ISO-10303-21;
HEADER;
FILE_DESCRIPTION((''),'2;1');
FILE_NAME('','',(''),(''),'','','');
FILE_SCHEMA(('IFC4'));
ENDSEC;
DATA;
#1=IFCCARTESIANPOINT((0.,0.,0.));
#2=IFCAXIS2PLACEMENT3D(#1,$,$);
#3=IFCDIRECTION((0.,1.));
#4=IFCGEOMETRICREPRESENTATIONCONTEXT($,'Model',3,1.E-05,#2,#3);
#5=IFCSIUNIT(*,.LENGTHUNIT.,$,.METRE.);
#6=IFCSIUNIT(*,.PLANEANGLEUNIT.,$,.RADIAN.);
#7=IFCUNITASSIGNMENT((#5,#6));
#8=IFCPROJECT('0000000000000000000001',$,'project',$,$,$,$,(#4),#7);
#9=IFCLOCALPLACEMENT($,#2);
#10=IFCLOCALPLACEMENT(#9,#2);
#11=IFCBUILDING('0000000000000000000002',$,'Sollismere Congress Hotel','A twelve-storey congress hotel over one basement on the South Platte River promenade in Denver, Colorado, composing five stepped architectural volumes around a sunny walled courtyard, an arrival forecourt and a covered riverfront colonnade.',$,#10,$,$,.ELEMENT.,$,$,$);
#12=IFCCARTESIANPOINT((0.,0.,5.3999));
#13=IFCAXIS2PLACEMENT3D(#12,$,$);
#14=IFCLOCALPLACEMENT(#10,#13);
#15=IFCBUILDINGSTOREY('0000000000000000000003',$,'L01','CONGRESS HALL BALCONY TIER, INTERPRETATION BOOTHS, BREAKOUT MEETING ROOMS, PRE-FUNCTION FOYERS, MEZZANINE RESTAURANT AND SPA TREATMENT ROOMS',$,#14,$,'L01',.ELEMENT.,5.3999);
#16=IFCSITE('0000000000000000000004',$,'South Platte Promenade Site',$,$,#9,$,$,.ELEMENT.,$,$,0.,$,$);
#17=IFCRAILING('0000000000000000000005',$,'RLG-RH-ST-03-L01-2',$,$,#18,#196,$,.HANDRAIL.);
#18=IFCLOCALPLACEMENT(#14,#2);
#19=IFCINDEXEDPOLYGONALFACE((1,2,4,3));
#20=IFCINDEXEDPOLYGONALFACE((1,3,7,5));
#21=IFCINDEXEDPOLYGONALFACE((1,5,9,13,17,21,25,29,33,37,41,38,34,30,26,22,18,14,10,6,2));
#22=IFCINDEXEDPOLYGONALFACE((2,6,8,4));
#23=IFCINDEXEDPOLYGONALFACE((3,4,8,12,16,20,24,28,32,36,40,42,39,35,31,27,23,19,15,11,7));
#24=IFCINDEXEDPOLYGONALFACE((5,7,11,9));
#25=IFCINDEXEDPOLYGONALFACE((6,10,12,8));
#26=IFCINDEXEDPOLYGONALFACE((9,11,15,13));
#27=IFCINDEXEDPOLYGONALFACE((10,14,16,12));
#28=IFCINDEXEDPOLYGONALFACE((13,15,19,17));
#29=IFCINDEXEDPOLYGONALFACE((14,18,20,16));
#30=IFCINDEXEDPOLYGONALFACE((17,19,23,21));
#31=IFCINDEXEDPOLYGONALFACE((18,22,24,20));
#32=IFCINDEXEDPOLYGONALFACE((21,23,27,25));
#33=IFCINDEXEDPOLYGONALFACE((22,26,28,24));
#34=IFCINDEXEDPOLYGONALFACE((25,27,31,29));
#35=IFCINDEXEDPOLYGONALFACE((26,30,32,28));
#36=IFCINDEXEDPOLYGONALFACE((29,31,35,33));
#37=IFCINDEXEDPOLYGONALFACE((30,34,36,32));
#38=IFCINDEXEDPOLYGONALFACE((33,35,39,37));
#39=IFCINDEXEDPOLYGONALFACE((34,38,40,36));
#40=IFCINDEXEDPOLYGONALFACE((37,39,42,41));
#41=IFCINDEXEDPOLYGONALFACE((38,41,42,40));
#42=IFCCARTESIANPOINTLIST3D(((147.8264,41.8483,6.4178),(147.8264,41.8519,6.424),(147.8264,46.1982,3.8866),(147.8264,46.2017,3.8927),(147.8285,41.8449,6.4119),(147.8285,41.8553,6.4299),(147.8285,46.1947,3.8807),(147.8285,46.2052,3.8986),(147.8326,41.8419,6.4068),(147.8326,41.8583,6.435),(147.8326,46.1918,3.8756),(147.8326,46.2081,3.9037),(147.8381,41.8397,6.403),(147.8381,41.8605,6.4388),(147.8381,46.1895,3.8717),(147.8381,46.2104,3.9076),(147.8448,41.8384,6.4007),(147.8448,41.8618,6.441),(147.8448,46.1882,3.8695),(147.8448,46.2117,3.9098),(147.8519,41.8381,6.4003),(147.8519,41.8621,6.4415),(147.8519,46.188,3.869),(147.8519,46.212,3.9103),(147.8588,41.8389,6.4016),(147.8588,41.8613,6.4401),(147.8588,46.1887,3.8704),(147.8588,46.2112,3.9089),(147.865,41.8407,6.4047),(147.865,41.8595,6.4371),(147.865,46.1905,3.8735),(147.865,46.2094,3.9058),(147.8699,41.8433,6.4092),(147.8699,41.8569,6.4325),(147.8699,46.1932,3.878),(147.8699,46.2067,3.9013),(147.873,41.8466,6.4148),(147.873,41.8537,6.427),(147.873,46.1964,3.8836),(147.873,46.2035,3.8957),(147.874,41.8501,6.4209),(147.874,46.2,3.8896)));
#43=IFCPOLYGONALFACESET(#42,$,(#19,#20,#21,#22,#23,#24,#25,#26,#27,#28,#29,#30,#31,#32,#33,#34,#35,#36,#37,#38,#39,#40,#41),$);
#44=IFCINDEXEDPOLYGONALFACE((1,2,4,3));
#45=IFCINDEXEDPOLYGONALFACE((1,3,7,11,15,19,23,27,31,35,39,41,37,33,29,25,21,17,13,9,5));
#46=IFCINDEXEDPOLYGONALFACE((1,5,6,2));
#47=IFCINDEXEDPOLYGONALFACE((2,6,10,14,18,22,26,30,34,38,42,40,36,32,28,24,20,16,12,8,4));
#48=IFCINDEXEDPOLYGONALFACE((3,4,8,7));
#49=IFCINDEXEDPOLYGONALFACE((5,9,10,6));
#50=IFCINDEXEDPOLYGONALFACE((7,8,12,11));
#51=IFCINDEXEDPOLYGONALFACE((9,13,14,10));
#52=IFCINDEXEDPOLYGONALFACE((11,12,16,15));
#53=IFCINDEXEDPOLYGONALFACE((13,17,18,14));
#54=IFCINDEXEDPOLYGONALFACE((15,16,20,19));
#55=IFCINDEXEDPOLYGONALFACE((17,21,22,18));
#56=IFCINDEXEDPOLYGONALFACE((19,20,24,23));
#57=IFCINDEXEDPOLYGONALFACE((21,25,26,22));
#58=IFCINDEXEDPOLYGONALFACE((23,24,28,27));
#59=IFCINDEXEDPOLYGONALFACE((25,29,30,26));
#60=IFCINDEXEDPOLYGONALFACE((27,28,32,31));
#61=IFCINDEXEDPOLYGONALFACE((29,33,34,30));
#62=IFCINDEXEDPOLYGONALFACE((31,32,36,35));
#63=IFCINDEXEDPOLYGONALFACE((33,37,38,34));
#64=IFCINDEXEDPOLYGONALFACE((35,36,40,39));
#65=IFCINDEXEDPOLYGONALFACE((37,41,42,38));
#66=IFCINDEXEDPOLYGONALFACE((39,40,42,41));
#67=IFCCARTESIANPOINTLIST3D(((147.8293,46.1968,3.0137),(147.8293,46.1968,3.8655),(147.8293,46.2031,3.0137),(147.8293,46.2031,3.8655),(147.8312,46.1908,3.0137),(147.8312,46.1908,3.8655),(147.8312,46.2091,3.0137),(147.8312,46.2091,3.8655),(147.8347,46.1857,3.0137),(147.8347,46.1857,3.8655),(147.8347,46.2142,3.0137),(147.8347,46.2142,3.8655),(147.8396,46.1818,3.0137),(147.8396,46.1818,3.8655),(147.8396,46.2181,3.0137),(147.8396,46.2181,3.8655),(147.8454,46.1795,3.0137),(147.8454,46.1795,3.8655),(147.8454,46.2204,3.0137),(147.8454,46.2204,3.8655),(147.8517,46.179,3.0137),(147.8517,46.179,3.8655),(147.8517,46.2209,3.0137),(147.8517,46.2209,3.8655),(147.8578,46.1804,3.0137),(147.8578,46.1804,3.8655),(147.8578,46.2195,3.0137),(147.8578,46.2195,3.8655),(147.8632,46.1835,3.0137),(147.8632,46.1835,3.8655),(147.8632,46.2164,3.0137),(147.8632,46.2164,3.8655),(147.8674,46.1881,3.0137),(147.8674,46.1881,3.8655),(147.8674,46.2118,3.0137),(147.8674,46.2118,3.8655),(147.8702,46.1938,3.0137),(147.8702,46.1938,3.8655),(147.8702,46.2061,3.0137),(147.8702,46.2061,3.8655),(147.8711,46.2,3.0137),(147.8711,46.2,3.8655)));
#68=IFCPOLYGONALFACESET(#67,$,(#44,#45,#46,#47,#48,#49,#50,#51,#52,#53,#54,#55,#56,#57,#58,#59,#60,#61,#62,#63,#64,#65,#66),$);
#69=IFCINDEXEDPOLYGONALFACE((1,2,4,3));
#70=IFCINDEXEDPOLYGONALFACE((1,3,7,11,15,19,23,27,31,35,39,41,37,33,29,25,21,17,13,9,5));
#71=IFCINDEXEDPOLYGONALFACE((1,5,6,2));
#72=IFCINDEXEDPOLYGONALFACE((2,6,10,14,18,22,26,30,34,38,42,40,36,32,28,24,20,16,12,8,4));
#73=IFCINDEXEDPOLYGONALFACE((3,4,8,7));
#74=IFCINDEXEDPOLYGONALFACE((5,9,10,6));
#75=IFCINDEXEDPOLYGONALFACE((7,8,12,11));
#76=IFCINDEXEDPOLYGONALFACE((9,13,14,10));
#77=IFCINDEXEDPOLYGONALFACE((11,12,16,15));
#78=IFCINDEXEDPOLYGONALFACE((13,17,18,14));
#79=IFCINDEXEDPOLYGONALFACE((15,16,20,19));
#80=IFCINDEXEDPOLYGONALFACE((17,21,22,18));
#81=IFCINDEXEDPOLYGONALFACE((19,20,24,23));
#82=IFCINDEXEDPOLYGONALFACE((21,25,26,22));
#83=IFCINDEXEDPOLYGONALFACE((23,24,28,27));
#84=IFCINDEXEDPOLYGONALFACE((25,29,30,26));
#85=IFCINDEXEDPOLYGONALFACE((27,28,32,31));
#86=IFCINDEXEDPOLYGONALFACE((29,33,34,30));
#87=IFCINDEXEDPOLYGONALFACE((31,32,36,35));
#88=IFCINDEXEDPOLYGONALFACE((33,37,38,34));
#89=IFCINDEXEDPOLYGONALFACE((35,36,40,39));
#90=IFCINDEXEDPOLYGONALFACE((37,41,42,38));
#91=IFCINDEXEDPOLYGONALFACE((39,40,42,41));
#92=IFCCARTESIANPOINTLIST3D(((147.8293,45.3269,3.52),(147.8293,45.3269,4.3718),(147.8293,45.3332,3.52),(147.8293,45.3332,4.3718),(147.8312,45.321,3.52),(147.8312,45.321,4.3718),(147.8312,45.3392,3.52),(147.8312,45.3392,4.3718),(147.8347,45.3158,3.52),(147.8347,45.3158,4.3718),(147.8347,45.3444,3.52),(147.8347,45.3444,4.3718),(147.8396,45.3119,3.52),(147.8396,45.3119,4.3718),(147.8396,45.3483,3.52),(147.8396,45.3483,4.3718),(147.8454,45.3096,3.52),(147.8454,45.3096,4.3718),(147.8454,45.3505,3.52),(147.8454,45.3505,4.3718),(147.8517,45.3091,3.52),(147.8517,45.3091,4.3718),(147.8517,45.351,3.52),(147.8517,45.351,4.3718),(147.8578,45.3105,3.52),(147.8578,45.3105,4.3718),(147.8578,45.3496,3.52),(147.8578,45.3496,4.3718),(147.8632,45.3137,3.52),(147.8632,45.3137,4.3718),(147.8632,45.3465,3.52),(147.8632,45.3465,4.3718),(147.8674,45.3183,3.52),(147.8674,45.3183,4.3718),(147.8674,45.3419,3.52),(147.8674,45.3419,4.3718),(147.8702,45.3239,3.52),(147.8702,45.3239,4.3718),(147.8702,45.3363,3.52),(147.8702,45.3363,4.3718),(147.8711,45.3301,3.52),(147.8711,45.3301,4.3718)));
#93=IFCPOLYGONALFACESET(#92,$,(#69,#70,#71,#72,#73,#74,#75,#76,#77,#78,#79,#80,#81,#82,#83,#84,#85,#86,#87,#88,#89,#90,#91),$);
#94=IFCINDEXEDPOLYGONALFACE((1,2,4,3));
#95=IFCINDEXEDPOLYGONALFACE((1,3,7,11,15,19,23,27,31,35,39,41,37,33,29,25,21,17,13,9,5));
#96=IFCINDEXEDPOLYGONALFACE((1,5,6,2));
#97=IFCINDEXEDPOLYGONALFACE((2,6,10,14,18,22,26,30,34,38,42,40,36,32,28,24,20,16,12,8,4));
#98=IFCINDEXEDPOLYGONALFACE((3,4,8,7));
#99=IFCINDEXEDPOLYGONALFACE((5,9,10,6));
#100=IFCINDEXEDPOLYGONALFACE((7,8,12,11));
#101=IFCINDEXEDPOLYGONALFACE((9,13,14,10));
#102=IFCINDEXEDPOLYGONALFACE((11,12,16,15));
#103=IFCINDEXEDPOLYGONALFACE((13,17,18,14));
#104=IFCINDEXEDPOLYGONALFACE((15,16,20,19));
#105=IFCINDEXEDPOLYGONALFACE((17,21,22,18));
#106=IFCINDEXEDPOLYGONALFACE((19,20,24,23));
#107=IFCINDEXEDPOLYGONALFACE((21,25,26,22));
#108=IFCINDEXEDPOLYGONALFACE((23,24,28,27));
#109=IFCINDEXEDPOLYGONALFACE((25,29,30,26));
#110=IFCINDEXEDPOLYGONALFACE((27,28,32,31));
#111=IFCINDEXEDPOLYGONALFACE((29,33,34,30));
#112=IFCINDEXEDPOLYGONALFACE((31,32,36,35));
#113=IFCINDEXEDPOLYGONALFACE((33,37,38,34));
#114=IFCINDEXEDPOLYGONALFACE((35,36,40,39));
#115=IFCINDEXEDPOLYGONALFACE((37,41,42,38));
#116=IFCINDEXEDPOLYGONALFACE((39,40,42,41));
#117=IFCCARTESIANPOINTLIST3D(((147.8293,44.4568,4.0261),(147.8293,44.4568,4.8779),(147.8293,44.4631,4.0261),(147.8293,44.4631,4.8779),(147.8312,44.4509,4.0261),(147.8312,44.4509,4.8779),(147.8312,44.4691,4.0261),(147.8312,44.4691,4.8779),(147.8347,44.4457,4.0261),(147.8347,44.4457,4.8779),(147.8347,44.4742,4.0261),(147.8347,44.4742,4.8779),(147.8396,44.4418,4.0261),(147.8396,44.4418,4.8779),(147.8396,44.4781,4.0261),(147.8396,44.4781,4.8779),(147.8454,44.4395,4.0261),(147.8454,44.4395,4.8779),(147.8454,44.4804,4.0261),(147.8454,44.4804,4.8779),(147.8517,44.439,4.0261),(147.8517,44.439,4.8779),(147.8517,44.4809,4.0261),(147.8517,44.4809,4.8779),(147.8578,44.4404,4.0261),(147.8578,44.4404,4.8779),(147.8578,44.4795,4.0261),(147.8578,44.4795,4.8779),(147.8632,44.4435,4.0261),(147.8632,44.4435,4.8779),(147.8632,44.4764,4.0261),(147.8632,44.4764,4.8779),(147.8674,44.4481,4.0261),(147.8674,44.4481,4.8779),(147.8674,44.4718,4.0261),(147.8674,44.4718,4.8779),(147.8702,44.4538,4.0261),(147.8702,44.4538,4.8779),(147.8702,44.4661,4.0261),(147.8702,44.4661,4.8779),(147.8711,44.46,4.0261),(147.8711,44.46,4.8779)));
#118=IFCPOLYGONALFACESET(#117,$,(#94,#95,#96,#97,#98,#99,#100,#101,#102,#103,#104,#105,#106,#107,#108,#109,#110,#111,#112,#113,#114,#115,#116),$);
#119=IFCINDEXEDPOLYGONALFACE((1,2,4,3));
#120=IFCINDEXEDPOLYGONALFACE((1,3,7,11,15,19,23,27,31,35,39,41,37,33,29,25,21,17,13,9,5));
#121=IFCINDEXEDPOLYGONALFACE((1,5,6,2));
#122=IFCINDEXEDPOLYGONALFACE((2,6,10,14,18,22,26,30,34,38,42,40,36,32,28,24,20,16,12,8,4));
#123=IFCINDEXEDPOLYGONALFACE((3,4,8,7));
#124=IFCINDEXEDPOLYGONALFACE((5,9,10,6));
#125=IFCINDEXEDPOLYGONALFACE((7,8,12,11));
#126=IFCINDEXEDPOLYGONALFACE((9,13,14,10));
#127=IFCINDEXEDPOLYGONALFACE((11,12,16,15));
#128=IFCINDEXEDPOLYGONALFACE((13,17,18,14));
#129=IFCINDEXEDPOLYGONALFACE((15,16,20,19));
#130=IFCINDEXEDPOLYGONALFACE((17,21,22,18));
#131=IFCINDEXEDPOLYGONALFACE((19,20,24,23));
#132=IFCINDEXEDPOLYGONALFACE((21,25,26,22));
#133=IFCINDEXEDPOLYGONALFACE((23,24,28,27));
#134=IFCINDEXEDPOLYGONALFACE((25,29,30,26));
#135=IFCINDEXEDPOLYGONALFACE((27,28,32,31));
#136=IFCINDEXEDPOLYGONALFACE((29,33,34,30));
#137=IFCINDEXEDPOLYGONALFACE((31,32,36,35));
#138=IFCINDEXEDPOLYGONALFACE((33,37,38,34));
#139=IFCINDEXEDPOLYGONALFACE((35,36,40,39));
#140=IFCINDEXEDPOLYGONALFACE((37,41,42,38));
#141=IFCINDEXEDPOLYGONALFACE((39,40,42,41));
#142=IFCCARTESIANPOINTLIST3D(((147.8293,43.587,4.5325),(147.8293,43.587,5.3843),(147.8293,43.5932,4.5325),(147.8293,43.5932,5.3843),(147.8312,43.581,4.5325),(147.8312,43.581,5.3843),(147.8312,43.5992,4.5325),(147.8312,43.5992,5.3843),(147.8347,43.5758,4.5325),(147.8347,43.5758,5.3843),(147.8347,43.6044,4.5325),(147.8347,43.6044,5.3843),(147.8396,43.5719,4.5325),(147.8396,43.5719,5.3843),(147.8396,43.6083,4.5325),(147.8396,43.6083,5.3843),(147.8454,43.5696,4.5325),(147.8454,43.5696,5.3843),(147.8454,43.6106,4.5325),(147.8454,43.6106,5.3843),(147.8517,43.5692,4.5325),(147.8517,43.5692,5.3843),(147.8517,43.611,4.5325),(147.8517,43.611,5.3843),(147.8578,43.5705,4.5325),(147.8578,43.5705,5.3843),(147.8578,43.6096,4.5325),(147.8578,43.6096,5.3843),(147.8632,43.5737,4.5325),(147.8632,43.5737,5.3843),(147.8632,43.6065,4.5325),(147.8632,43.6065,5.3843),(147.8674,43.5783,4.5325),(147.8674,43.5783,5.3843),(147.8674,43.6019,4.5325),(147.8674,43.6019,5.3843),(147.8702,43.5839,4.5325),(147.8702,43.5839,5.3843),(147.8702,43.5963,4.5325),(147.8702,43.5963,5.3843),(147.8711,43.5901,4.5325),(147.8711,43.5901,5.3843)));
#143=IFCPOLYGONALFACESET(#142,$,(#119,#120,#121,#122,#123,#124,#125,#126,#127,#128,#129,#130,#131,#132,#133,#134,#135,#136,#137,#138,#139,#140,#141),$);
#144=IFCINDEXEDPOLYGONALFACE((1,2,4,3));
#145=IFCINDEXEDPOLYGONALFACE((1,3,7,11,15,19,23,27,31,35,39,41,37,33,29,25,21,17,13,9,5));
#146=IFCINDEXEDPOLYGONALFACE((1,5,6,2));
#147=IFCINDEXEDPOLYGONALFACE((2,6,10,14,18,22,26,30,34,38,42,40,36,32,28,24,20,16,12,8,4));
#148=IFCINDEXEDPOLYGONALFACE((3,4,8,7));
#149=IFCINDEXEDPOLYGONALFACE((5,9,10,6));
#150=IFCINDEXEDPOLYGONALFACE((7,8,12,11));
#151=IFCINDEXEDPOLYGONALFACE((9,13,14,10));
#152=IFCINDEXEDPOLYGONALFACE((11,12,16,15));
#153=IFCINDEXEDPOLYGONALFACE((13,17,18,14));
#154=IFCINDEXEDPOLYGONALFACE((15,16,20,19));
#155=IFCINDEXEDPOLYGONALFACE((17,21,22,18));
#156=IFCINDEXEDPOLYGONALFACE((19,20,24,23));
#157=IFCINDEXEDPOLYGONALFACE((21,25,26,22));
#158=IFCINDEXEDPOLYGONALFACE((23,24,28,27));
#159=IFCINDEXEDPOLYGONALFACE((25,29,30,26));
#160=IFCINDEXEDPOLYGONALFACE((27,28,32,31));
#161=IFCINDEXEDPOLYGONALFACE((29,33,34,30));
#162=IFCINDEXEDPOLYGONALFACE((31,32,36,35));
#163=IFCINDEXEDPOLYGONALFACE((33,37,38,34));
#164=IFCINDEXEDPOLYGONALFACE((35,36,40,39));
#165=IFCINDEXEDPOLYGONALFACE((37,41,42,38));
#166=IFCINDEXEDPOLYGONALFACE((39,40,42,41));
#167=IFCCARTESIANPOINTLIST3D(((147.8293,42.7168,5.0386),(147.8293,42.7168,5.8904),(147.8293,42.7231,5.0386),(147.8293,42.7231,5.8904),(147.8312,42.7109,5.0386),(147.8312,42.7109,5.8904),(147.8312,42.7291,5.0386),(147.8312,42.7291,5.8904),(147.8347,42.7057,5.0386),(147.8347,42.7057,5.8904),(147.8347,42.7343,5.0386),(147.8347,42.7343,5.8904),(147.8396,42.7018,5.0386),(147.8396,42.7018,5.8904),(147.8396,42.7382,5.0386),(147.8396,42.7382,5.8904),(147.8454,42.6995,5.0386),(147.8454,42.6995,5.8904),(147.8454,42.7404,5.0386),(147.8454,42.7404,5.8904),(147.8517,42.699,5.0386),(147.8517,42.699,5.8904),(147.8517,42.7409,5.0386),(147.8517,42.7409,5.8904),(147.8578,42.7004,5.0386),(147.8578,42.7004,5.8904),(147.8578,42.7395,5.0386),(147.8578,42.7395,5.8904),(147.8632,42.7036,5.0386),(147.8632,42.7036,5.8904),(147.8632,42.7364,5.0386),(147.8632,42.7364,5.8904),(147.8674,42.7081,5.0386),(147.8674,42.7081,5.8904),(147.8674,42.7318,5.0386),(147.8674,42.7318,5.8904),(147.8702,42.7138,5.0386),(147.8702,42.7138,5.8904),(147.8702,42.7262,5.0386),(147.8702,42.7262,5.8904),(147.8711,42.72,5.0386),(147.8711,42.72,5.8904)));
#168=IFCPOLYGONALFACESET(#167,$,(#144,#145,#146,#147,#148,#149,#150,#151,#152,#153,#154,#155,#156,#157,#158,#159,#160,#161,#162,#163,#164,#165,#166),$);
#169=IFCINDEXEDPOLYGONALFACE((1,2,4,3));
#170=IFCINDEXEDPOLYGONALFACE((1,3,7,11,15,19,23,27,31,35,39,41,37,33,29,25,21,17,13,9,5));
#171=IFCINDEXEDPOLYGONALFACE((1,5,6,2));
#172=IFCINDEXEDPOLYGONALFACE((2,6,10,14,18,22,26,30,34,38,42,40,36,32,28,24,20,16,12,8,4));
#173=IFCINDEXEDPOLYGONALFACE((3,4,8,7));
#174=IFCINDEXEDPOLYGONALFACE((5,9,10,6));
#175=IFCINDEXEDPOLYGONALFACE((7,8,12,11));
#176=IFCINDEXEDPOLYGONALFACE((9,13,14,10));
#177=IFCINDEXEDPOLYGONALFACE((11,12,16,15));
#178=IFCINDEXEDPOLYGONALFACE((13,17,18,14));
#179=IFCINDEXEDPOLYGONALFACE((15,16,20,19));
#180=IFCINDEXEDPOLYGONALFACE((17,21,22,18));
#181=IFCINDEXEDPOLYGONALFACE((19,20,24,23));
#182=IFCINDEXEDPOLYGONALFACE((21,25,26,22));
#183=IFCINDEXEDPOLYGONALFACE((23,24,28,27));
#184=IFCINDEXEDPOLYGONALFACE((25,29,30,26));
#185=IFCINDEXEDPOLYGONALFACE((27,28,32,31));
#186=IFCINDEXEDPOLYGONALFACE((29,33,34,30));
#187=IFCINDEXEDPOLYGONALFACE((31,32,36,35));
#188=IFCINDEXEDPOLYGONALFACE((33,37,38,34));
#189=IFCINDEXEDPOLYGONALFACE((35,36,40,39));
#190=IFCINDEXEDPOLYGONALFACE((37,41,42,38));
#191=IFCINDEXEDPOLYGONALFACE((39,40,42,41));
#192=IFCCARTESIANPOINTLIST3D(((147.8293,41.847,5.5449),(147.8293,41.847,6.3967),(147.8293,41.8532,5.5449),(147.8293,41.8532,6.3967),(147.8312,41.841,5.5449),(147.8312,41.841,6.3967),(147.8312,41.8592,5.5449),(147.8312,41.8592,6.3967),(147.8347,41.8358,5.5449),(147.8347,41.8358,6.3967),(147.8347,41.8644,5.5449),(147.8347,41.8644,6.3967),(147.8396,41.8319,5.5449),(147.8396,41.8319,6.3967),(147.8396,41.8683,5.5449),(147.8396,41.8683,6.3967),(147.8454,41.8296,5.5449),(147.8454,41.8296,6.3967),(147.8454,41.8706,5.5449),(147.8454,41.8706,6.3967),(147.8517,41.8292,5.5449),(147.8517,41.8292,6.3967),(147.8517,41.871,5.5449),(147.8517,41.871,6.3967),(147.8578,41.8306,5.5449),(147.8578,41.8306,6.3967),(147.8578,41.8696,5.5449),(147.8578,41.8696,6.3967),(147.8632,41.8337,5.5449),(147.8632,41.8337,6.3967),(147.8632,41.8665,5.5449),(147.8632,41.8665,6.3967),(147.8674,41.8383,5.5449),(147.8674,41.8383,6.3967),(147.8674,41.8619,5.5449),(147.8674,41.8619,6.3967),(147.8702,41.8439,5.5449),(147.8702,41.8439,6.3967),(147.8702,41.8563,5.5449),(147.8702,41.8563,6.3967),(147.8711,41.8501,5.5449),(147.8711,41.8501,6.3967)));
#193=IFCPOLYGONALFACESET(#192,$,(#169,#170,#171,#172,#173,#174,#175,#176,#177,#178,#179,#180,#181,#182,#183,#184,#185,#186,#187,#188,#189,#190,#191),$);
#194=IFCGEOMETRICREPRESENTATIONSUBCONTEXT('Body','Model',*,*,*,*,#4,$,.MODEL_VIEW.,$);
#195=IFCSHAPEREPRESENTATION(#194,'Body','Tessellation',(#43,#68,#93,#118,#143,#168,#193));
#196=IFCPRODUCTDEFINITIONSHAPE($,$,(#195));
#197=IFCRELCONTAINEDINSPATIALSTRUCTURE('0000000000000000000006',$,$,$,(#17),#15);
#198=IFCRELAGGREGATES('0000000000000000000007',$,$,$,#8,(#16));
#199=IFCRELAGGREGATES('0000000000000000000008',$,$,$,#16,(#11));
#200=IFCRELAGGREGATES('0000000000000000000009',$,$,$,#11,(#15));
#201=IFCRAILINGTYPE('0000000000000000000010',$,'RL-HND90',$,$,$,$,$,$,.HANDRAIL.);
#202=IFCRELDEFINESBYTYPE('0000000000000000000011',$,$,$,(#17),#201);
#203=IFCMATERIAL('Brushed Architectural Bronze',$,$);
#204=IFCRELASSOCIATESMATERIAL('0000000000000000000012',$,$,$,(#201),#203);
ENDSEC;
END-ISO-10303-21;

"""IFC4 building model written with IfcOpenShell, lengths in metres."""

from ifc_helpers import new_model, si_unit, direction, frame, origin, origin_2d, place, context, subcontext, project, spatial, circle, extrude, material, type_object, element, save


model = new_model("IFC4")

# Units and contexts
model_context = context("Model", 3, precision=1e-05, world=origin(), true_north=direction((0.0, 1.0)))
body_context = subcontext(model_context, "Body", "Model", "MODEL_VIEW")
ifc_project = project(units=[si_unit("LENGTHUNIT", "METRE"), si_unit("PLANEANGLEUNIT", "RADIAN")], contexts=[model_context])

# Site, building, storey
site_placement = place(None, origin())
site = spatial("IfcSite", under=ifc_project, at=site_placement, Name="South Platte Promenade Site", CompositionType="ELEMENT", RefElevation=0.0)
building_placement = place(site_placement, origin())
building = spatial("IfcBuilding", under=site, at=building_placement, Name="Sollismere Congress Hotel", Description="A twelve-storey congress hotel over one basement on the South Platte River promenade in Denver, Colorado, composing five stepped architectural volumes around a sunny walled courtyard, an arrival forecourt and a covered riverfront colonnade.", CompositionType="ELEMENT")
storey_placement = place(building_placement, frame((0.0, 0.0, 5.3999)))
storey = spatial("IfcBuildingStorey", under=building, at=storey_placement, Name="L01", Description="CONGRESS HALL BALCONY TIER, INTERPRETATION BOOTHS, BREAKOUT MEETING ROOMS, PRE-FUNCTION FOYERS, MEZZANINE RESTAURANT AND SPA TREATMENT ROOMS", LongName="L01", CompositionType="ELEMENT", Elevation=5.3999)

# Railing
ifc_material_1 = material(Name="Brushed Architectural Bronze")
railing_type_1 = type_object("IfcRailingType", Name="RL-HND90", PredefinedType="HANDRAIL", material=ifc_material_1)
railing_1_placement = place(storey_placement, frame((147.8501, 46.2, 3.0137)))
element("IfcRailing", 1, at=railing_1_placement, inside=storey, type_object=railing_type_1, Name="RLG-RH-ST-03-L01-2", PredefinedType="HANDRAIL", context=body_context, shape_type="SweptSolid", body=[
    extrude(circle(Radius=0.0239, at=origin_2d()), frame((0.0, 0.0, 0.876), z_axis=(0.0, -0.864312, 0.502957), x_axis=(1.0, 0.0, 0.0)), (0.0, 0.0, 1.0), 5.0327),
    extrude(circle(Radius=0.021, at=origin_2d()), origin(), (0.0, 0.0, 1.0), 0.8518),
    extrude(circle(Radius=0.021, at=origin_2d()), frame((0.0, -0.8699, 0.5063)), (0.0, 0.0, 1.0), 0.8518),
    extrude(circle(Radius=0.021, at=origin_2d()), frame((0.0, -1.74, 1.0125)), (0.0, 0.0, 1.0), 0.8518),
    extrude(circle(Radius=0.021, at=origin_2d()), frame((0.0, -2.6099, 1.5188)), (0.0, 0.0, 1.0), 0.8518),
    extrude(circle(Radius=0.021, at=origin_2d()), frame((0.0, -3.48, 2.0249)), (0.0, 0.0, 1.0), 0.8518),
    extrude(circle(Radius=0.021, at=origin_2d()), frame((0.0, -4.3499, 2.5312)), (0.0, 0.0, 1.0), 0.8518),
])

save(model, "model.ifc")
